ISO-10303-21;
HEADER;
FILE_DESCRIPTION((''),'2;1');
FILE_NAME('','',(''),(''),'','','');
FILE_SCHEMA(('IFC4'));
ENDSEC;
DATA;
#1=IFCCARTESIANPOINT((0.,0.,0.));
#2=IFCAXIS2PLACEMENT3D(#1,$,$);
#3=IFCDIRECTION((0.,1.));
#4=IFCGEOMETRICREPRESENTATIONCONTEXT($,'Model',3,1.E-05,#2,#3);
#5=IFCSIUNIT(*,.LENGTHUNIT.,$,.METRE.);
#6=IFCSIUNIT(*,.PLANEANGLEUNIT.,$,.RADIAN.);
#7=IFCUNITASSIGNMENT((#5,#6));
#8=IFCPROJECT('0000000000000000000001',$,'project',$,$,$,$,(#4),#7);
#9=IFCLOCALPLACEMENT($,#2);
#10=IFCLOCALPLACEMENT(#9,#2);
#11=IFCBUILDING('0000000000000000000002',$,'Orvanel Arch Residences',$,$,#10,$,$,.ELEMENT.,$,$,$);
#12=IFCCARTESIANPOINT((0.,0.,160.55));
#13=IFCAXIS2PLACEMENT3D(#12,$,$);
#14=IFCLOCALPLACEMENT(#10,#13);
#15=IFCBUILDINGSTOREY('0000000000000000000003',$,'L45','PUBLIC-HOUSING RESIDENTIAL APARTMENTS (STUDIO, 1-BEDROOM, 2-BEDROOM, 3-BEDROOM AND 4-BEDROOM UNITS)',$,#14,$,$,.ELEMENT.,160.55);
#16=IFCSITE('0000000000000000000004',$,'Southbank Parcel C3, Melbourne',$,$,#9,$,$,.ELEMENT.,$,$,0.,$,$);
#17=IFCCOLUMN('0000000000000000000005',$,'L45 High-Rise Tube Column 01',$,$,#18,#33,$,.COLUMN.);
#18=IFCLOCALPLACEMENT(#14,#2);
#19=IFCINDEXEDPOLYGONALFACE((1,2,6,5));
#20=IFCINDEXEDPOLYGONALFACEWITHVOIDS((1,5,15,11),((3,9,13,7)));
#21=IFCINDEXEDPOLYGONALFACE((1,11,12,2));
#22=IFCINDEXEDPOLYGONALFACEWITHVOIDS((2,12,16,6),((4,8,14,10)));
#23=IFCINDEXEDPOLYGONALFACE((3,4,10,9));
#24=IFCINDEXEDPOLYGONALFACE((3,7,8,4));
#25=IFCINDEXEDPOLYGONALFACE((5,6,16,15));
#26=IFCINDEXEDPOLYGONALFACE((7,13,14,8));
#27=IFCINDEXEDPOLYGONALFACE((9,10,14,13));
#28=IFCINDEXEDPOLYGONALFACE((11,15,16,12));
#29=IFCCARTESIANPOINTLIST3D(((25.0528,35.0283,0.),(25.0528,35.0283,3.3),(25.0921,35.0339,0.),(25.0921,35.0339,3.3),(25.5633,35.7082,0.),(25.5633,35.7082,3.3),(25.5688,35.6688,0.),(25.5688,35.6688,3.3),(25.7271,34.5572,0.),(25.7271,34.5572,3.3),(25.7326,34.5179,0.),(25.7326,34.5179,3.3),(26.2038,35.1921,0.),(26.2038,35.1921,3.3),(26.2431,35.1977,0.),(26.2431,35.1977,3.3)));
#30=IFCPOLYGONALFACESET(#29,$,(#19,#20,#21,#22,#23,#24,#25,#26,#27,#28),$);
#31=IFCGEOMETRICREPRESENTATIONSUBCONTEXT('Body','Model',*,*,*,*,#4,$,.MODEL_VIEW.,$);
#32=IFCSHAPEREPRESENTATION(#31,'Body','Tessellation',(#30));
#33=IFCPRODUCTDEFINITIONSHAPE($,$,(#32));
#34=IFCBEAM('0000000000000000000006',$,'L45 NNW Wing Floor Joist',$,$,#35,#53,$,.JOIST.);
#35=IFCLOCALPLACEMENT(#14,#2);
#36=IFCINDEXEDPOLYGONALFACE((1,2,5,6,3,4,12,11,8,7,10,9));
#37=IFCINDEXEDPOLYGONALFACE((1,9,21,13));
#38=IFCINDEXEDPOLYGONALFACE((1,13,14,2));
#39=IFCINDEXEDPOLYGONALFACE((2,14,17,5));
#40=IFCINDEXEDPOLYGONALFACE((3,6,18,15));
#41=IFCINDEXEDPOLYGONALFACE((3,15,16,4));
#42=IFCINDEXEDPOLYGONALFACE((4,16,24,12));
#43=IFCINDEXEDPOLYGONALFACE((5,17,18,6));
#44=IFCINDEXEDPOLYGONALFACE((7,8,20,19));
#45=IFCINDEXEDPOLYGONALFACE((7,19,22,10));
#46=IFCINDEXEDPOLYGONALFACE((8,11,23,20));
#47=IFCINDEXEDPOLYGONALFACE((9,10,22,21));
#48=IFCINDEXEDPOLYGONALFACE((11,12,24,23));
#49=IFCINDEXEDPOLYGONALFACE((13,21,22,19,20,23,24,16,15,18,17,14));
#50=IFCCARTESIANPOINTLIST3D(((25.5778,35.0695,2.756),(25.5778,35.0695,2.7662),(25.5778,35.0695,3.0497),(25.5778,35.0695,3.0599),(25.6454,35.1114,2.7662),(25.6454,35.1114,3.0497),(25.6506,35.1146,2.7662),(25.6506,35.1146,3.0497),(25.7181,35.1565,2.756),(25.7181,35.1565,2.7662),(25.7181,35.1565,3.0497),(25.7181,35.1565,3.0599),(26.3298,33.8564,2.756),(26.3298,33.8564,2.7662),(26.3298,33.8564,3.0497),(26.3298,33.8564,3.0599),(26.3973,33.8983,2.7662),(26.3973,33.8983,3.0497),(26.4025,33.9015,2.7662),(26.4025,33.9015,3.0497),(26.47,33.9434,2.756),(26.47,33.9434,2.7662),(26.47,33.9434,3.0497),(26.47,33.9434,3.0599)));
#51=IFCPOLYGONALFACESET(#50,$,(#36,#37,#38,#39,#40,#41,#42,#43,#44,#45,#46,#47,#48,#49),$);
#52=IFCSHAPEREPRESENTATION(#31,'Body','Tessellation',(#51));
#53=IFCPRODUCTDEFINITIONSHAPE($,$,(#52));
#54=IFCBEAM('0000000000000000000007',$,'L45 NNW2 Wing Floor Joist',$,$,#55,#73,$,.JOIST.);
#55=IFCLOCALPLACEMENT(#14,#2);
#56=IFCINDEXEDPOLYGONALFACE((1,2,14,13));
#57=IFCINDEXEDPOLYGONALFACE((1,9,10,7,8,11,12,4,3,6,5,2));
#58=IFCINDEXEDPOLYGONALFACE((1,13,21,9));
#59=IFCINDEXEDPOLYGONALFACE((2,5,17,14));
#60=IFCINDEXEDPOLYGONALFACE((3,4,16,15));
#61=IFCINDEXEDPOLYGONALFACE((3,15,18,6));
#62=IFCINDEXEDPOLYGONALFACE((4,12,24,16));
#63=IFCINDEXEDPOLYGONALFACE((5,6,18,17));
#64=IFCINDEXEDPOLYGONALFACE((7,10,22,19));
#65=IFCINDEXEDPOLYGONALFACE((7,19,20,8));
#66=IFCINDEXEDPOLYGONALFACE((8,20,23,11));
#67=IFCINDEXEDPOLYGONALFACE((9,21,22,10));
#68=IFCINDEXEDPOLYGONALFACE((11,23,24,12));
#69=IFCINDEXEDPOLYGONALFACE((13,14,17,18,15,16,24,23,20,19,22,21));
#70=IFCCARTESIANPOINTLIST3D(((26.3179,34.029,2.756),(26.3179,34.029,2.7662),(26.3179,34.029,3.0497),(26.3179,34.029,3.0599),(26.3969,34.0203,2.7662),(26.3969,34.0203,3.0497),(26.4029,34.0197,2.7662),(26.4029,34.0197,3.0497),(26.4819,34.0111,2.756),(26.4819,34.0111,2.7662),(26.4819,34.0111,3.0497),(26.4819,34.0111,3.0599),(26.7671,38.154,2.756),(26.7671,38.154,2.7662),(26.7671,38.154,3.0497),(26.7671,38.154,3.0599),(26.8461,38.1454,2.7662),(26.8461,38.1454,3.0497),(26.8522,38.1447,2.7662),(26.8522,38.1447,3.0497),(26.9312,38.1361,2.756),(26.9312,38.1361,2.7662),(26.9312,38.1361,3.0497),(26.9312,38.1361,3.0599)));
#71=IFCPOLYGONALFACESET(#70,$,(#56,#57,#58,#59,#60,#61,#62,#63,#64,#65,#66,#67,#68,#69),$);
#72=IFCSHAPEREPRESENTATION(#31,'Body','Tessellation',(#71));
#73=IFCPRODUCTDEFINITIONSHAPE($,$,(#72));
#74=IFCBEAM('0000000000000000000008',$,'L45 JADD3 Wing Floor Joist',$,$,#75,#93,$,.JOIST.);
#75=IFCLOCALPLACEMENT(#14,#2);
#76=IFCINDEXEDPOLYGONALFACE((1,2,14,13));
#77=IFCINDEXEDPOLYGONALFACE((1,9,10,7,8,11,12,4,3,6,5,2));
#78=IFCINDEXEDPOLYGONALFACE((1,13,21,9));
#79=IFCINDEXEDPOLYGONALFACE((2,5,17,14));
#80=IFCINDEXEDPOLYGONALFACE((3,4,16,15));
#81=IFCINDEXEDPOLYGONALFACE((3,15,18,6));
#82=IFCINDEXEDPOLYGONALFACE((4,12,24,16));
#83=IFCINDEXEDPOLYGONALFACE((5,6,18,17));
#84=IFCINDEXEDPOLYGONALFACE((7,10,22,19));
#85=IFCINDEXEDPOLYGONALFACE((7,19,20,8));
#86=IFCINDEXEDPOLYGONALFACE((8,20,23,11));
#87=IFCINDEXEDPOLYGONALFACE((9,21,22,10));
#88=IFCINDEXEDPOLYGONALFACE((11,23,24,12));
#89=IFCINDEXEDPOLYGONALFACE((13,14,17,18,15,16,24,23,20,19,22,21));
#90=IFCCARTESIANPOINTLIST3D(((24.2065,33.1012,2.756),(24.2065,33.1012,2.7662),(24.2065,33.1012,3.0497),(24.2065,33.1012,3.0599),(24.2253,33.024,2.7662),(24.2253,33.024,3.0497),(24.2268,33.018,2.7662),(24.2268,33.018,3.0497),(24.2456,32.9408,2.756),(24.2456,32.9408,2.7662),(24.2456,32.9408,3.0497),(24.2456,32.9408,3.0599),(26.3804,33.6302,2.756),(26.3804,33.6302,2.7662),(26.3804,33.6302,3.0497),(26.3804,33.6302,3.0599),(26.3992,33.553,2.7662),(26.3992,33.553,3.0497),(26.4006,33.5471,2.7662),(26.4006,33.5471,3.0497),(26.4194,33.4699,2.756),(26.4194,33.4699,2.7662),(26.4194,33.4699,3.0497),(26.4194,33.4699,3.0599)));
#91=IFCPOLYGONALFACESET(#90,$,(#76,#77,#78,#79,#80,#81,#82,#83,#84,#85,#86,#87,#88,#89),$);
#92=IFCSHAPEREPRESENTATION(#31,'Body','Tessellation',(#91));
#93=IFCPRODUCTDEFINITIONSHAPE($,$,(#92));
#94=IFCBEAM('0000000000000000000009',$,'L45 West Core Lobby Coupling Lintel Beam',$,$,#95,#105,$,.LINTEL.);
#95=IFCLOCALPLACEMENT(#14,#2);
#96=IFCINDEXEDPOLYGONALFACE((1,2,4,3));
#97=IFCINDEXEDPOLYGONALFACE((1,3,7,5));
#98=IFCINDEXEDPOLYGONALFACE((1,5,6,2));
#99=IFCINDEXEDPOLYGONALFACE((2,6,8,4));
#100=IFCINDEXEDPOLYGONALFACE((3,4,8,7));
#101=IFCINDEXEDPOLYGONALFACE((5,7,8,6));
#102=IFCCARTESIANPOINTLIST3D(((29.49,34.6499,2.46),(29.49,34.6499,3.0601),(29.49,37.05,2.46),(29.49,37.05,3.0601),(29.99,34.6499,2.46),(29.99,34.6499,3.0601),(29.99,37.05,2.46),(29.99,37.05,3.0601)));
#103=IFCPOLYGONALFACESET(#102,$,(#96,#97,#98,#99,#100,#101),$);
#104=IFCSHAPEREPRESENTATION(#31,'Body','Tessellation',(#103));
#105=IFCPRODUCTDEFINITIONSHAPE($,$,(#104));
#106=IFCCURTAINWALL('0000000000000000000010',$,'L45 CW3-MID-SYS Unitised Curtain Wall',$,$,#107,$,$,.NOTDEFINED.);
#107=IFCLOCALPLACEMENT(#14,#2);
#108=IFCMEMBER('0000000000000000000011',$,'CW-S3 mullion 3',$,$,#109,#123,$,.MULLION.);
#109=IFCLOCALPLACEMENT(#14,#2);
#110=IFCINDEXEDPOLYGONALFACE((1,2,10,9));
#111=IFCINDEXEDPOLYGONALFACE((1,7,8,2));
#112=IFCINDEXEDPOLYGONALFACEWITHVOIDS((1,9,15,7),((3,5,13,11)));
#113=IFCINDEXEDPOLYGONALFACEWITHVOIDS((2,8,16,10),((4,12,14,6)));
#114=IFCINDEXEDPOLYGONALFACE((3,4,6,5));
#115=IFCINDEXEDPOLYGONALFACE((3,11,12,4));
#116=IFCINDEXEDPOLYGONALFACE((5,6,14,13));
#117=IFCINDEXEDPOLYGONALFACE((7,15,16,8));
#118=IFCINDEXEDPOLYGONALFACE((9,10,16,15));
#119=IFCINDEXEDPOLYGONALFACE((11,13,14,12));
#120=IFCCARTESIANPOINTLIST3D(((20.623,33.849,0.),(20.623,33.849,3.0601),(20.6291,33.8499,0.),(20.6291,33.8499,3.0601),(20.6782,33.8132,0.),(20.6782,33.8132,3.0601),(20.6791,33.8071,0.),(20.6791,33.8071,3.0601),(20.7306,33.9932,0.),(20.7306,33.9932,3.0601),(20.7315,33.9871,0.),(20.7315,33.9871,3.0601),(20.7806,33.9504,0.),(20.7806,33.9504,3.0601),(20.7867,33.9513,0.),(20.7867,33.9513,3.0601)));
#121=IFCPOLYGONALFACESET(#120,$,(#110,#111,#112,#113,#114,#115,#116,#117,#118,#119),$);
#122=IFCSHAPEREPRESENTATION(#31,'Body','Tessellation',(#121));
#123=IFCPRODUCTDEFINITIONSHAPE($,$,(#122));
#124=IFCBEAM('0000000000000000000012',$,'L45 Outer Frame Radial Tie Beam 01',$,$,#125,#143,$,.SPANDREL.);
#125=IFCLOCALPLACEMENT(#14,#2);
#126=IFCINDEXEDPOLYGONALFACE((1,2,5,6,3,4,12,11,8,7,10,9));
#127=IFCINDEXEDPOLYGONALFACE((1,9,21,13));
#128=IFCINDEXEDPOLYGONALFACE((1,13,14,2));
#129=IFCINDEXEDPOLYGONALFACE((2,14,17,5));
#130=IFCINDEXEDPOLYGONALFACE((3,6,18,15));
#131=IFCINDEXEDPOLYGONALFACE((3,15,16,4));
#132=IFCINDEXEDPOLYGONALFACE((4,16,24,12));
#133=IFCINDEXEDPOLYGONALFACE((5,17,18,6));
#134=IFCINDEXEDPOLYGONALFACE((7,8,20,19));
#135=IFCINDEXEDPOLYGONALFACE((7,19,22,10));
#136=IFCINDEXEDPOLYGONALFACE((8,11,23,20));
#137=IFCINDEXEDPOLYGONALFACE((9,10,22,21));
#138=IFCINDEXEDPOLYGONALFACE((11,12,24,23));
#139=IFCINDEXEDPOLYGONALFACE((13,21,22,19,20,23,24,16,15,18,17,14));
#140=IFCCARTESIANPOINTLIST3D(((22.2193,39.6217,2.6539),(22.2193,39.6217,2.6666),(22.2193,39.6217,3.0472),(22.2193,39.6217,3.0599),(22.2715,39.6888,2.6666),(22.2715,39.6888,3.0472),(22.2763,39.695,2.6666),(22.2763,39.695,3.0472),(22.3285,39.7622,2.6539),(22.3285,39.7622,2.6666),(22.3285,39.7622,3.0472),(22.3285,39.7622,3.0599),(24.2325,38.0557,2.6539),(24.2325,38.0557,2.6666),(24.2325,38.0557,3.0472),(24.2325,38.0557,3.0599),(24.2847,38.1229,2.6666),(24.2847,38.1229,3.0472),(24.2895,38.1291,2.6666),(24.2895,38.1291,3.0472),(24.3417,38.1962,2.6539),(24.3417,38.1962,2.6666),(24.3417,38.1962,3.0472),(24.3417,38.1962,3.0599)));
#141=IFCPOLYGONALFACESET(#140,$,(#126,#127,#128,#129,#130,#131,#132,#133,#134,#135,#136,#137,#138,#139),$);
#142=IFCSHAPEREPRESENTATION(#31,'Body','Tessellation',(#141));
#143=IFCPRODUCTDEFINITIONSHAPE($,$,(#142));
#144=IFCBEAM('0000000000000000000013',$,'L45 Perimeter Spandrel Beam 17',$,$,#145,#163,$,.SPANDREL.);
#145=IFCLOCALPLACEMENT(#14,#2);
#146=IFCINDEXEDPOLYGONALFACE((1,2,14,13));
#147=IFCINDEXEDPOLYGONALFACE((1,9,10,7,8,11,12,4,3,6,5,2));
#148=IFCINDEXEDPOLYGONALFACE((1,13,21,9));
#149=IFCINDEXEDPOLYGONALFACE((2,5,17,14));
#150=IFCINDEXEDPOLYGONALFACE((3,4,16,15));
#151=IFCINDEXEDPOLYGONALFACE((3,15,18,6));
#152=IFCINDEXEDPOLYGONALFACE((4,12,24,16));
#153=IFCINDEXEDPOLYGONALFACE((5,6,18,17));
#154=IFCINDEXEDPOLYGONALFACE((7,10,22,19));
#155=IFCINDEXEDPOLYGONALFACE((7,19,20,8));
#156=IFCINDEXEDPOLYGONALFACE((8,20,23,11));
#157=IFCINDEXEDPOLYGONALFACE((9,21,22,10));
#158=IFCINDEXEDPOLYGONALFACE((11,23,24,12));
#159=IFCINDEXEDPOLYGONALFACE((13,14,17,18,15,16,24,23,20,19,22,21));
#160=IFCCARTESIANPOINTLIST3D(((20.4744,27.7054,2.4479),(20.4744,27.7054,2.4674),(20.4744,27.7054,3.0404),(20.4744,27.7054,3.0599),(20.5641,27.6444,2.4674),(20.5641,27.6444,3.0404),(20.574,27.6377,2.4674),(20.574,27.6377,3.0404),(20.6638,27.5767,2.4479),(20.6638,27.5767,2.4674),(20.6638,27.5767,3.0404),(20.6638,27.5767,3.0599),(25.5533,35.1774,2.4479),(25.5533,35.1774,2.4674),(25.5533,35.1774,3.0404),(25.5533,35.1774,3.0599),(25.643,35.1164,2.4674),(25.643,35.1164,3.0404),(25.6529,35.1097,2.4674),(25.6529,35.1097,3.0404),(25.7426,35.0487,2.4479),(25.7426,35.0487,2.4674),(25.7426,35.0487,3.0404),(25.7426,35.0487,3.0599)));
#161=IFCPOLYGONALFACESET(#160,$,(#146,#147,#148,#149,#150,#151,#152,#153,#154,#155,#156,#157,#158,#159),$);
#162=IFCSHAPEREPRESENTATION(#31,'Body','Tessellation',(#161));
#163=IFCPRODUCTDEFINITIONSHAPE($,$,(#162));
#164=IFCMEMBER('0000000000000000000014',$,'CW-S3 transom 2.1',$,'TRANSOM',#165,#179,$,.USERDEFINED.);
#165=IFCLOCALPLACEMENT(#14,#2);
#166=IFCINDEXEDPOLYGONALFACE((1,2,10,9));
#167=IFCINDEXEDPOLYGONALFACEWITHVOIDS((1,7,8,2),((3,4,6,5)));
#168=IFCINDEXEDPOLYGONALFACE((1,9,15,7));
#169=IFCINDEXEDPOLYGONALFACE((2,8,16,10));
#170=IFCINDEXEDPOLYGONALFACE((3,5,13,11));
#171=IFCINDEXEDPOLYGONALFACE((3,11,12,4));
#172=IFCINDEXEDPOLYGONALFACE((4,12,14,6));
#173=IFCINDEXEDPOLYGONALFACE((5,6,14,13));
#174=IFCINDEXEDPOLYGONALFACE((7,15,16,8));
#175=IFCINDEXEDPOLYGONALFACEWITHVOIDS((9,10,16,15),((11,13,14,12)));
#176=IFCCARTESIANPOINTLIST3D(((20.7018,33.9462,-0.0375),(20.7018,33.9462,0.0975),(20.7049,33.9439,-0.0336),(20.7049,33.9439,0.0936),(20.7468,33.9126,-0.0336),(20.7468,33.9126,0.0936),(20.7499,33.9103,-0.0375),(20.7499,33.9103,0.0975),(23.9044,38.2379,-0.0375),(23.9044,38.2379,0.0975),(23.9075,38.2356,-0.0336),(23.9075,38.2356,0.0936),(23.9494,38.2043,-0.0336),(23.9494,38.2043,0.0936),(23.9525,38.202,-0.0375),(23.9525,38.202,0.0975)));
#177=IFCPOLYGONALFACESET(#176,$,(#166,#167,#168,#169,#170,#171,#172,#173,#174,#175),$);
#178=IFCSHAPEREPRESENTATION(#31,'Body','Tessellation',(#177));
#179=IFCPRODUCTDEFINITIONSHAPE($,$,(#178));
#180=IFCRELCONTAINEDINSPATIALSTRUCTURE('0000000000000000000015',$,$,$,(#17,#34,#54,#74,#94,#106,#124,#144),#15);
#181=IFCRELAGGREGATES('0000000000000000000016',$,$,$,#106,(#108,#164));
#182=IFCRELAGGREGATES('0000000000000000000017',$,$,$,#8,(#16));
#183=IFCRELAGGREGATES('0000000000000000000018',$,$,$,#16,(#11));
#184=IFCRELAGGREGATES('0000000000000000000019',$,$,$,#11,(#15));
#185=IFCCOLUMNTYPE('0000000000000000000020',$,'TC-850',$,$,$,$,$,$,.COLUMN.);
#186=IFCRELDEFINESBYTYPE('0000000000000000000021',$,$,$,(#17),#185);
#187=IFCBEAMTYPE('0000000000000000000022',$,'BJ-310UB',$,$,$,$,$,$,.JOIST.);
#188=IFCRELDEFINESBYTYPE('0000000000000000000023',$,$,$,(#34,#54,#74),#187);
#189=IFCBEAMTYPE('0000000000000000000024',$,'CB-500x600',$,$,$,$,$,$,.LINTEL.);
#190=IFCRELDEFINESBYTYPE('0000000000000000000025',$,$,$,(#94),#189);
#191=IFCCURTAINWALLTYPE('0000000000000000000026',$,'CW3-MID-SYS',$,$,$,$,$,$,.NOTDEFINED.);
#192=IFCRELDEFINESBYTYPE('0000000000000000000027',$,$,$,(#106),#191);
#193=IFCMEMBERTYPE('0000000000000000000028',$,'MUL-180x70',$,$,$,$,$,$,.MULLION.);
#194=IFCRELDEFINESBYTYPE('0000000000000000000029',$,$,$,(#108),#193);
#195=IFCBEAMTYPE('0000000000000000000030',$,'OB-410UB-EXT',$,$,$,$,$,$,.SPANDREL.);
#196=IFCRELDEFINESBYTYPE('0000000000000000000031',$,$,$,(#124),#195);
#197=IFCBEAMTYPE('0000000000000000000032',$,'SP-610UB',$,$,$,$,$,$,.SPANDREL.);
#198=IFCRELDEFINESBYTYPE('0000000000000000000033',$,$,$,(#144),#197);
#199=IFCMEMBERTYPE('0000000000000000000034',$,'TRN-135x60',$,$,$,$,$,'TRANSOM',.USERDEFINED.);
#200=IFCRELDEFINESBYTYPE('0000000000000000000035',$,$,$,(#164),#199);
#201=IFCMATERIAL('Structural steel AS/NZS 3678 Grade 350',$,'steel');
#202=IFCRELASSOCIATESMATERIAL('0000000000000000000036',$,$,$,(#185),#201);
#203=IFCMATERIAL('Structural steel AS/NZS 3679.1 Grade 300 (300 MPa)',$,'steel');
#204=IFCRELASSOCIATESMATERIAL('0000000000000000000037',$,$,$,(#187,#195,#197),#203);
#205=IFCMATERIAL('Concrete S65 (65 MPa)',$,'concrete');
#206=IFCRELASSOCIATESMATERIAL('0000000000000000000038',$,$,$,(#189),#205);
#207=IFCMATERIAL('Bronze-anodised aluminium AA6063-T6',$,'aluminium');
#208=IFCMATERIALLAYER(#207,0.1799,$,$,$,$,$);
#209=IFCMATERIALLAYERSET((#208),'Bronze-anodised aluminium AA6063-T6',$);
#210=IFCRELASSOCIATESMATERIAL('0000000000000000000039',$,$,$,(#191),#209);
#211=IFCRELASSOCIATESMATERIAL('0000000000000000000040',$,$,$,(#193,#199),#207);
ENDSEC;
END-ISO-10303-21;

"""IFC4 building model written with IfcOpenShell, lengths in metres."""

from ifc_helpers import new_model, si_unit, direction, frame, origin, origin_2d, place, context, subcontext, project, spatial, rectangle, hollow_rectangle, i_section, extrude, material, layer, layer_set, material_profile, profile_set, type_object, element, aggregate, save


model = new_model("IFC4")

# Units and contexts
model_context = context("Model", 3, precision=1e-05, world=origin(), true_north=direction((0.0, 1.0)))
body_context = subcontext(model_context, "Body", "Model", "MODEL_VIEW")
ifc_project = project(units=[si_unit("LENGTHUNIT", "METRE"), si_unit("PLANEANGLEUNIT", "RADIAN")], contexts=[model_context])

# Site, building, storey
site_placement = place(None, origin())
site = spatial("IfcSite", under=ifc_project, at=site_placement, Name="Southbank Parcel C3, Melbourne", CompositionType="ELEMENT", RefElevation=0.0)
building_placement = place(site_placement, origin())
building = spatial("IfcBuilding", under=site, at=building_placement, Name="Orvanel Arch Residences", CompositionType="ELEMENT")
storey_placement = place(building_placement, frame((0.0, 0.0, 160.55)))
storey = spatial("IfcBuildingStorey", under=building, at=storey_placement, Name="L45", Description="PUBLIC-HOUSING RESIDENTIAL APARTMENTS (STUDIO, 1-BEDROOM, 2-BEDROOM, 3-BEDROOM AND 4-BEDROOM UNITS)", CompositionType="ELEMENT", Elevation=160.55)

# Column
ifc_material_1 = material(Name="Structural steel AS/NZS 3678 Grade 350", Category="steel")
ifc_material_profile_1 = material_profile(ifc_material_1, hollow_rectangle(XDim=0.8501, YDim=0.8501, WallThickness=0.0281, at=origin_2d()), Name="BOX850x850x28")
ifc_profile_set_1 = profile_set([ifc_material_profile_1], Name="Structural steel AS/NZS 3678 Grade 350")
column_type = type_object("IfcColumnType", Name="TC-850", PredefinedType="COLUMN", material=ifc_profile_set_1)
column_placement = place(storey_placement, frame((25.6479, 35.113, 0.0), z_axis=(0.0, 0.0, 1.0), x_axis=(0.60042, 0.799685, 0.0)))
element("IfcColumn", 1, at=column_placement, inside=storey, type_object=column_type, Name="L45 High-Rise Tube Column 01", PredefinedType="COLUMN", context=body_context, shape_type="SweptSolid", body=[
    extrude(hollow_rectangle(XDim=0.8501, YDim=0.8501, WallThickness=0.0281, at=origin_2d()), origin(), (0.0, 0.0, 1.0), 3.3),
])

# Beams
ifc_material_2 = material(Name="Structural steel AS/NZS 3679.1 Grade 300 (300 MPa)", Category="steel")
ifc_material_profile_2 = material_profile(ifc_material_2, i_section(OverallWidth=0.165, OverallDepth=0.304, WebThickness=0.0061, FlangeThickness=0.0103, at=origin_2d()), Name="310UB40.4")
ifc_profile_set_2 = profile_set([ifc_material_profile_2], Name="Structural steel AS/NZS 3679.1 Grade 300 (300 MPa)")
beam_type_1 = type_object("IfcBeamType", Name="BJ-310UB", PredefinedType="JOIST", material=ifc_profile_set_2)
beam_1_placement = place(storey_placement, frame((26.3999, 33.8999, 2.908), z_axis=(-0.526843, 0.849962, 0.0), x_axis=(-0.849962, -0.526843, 0.0)))
element("IfcBeam", 2, at=beam_1_placement, inside=storey, type_object=beam_type_1, Name="L45 NNW Wing Floor Joist", PredefinedType="JOIST", context=body_context, shape_type="SweptSolid", body=[
    extrude(i_section(OverallWidth=0.165, OverallDepth=0.304, WebThickness=0.0061, FlangeThickness=0.0103, at=origin_2d()), origin(), (0.0, 0.0, 1.0), 1.4272),
])
beam_2_placement = place(storey_placement, frame((26.3999, 34.02, 2.908), z_axis=(0.108261, 0.994122, 0.0), x_axis=(-0.994122, 0.108261, 0.0)))
element("IfcBeam", 3, at=beam_2_placement, inside=storey, type_object=beam_type_1, Name="L45 NNW2 Wing Floor Joist", PredefinedType="JOIST", context=body_context, shape_type="SweptSolid", body=[
    extrude(i_section(OverallWidth=0.165, OverallDepth=0.304, WebThickness=0.0061, FlangeThickness=0.0103, at=origin_2d()), origin(), (0.0, 0.0, 1.0), 4.1494),
])
beam_3_placement = place(storey_placement, frame((26.3999, 33.55, 2.908), z_axis=(-0.971638, -0.236471, 0.0), x_axis=(0.236471, -0.971638, 0.0)))
element("IfcBeam", 4, at=beam_3_placement, inside=storey, type_object=beam_type_1, Name="L45 JADD3 Wing Floor Joist", PredefinedType="JOIST", context=body_context, shape_type="SweptSolid", body=[
    extrude(i_section(OverallWidth=0.165, OverallDepth=0.304, WebThickness=0.0061, FlangeThickness=0.0103, at=origin_2d()), origin(), (0.0, 0.0, 1.0), 2.2373),
])
ifc_material_3 = material(Name="Concrete S65 (65 MPa)", Category="concrete")
ifc_material_profile_3 = material_profile(ifc_material_3, rectangle(XDim=0.5, YDim=0.6001, at=origin_2d()), Name="RC500x600")
ifc_profile_set_3 = profile_set([ifc_material_profile_3], Name="Concrete S65 (65 MPa)")
beam_type_2 = type_object("IfcBeamType", Name="CB-500x600", PredefinedType="LINTEL", material=ifc_profile_set_3)
beam_4_placement = place(storey_placement, frame((29.74, 34.6499, 2.76), z_axis=(0.0, 1.0, 0.0), x_axis=(-1.0, 0.0, 0.0)))
element("IfcBeam", 5, at=beam_4_placement, inside=storey, type_object=beam_type_2, Name="L45 West Core Lobby Coupling Lintel Beam", PredefinedType="LINTEL", context=body_context, shape_type="SweptSolid", body=[
    extrude(rectangle(XDim=0.5, YDim=0.6001, at=origin_2d()), origin(), (0.0, 0.0, 1.0), 2.4001),
])

# Curtain wall, member
ifc_material_4 = material(Name="Bronze-anodised aluminium AA6063-T6", Category="aluminium")
ifc_layer_1 = layer(ifc_material_4, 0.1799)
ifc_layer_set_1 = layer_set([ifc_layer_1], Name="Bronze-anodised aluminium AA6063-T6")
curtain_wall_type = type_object("IfcCurtainWallType", Name="CW3-MID-SYS", PredefinedType="NOTDEFINED", material=ifc_layer_set_1)
curtain_wall_placement = place(storey_placement, origin())
curtain_wall = element("IfcCurtainWall", 6, at=curtain_wall_placement, inside=storey, type_object=curtain_wall_type, Name="L45 CW3-MID-SYS Unitised Curtain Wall", PredefinedType="NOTDEFINED")
ifc_material_profile_4 = material_profile(ifc_material_4, hollow_rectangle(XDim=0.0701, YDim=0.1799, WallThickness=0.0044, at=origin_2d()), Name="ALU180x70x4.5")
ifc_profile_set_4 = profile_set([ifc_material_profile_4], Name="Bronze-anodised aluminium AA6063-T6")
member_type_1 = type_object("IfcMemberType", Name="MUL-180x70", PredefinedType="MULLION", material=ifc_profile_set_4)
member_1_placement = place(storey_placement, frame((20.7048, 33.9001, 0.0), z_axis=(0.0, 0.0, 1.0), x_axis=(0.801448, -0.598064, 0.0)))
member_1 = element("IfcMember", 7, at=member_1_placement, type_object=member_type_1, Name="CW-S3 mullion 3", PredefinedType="MULLION", context=body_context, shape_type="SweptSolid", body=[
    extrude(hollow_rectangle(XDim=0.0701, YDim=0.1799, WallThickness=0.0044, at=origin_2d()), origin(), (0.0, 0.0, 1.0), 3.0601),
])

# Beams
ifc_material_profile_5 = material_profile(ifc_material_2, i_section(OverallWidth=0.178, OverallDepth=0.406, WebThickness=0.0078, FlangeThickness=0.0127, at=origin_2d()), Name="410UB59.7")
ifc_profile_set_5 = profile_set([ifc_material_profile_5], Name="Structural steel AS/NZS 3679.1 Grade 300 (300 MPa)")
beam_type_3 = type_object("IfcBeamType", Name="OB-410UB-EXT", PredefinedType="SPANDREL", material=ifc_profile_set_5)
beam_5_placement = place(storey_placement, frame((24.2871, 38.126, 2.8569), z_axis=(-0.789332, 0.613967, 0.0), x_axis=(-0.613967, -0.789332, 0.0)))
element("IfcBeam", 8, at=beam_5_placement, inside=storey, type_object=beam_type_3, Name="L45 Outer Frame Radial Tie Beam 01", PredefinedType="SPANDREL", context=body_context, shape_type="SweptSolid", body=[
    extrude(i_section(OverallWidth=0.178, OverallDepth=0.406, WebThickness=0.0078, FlangeThickness=0.0127, at=origin_2d()), origin(), (0.0, 0.0, 1.0), 2.5505),
])
ifc_material_profile_6 = material_profile(ifc_material_2, i_section(OverallWidth=0.229, OverallDepth=0.6121, WebThickness=0.012, FlangeThickness=0.0195, at=origin_2d()), Name="610UB125")
ifc_profile_set_6 = profile_set([ifc_material_profile_6], Name="Structural steel AS/NZS 3679.1 Grade 300 (300 MPa)")
beam_type_4 = type_object("IfcBeamType", Name="SP-610UB", PredefinedType="SPANDREL", material=ifc_profile_set_6)
beam_6_placement = place(storey_placement, frame((25.6479, 35.113, 2.7539), z_axis=(-0.562155, -0.827032, 0.0), x_axis=(0.827032, -0.562155, 0.0)))
element("IfcBeam", 9, at=beam_6_placement, inside=storey, type_object=beam_type_4, Name="L45 Perimeter Spandrel Beam 17", PredefinedType="SPANDREL", context=body_context, shape_type="SweptSolid", body=[
    extrude(i_section(OverallWidth=0.229, OverallDepth=0.6121, WebThickness=0.012, FlangeThickness=0.0195, at=origin_2d()), origin(), (0.0, 0.0, 1.0), 9.0347),
])

# Member
ifc_material_profile_7 = material_profile(ifc_material_4, hollow_rectangle(XDim=0.0601, YDim=0.135, WallThickness=0.0039, at=origin_2d()), Name="ALU135x60x4")
ifc_profile_set_7 = profile_set([ifc_material_profile_7], Name="Bronze-anodised aluminium AA6063-T6")
member_type_2 = type_object("IfcMemberType", Name="TRN-135x60", ElementType="TRANSOM", PredefinedType="USERDEFINED", material=ifc_profile_set_7)
member_2_placement = place(storey_placement, frame((23.9285, 38.22, 0.03), z_axis=(-0.598065, -0.801447, 0.0), x_axis=(0.801447, -0.598065, 0.0)))
member_2 = element("IfcMember", 10, at=member_2_placement, type_object=member_type_2, Name="CW-S3 transom 2.1", ObjectType="TRANSOM", PredefinedType="USERDEFINED", context=body_context, shape_type="SweptSolid", body=[
    extrude(hollow_rectangle(XDim=0.0601, YDim=0.135, WallThickness=0.0039, at=origin_2d()), origin(), (0.0, 0.0, 1.0), 5.355),
])

aggregate(curtain_wall, [member_1, member_2])

save(model, "model.ifc")
